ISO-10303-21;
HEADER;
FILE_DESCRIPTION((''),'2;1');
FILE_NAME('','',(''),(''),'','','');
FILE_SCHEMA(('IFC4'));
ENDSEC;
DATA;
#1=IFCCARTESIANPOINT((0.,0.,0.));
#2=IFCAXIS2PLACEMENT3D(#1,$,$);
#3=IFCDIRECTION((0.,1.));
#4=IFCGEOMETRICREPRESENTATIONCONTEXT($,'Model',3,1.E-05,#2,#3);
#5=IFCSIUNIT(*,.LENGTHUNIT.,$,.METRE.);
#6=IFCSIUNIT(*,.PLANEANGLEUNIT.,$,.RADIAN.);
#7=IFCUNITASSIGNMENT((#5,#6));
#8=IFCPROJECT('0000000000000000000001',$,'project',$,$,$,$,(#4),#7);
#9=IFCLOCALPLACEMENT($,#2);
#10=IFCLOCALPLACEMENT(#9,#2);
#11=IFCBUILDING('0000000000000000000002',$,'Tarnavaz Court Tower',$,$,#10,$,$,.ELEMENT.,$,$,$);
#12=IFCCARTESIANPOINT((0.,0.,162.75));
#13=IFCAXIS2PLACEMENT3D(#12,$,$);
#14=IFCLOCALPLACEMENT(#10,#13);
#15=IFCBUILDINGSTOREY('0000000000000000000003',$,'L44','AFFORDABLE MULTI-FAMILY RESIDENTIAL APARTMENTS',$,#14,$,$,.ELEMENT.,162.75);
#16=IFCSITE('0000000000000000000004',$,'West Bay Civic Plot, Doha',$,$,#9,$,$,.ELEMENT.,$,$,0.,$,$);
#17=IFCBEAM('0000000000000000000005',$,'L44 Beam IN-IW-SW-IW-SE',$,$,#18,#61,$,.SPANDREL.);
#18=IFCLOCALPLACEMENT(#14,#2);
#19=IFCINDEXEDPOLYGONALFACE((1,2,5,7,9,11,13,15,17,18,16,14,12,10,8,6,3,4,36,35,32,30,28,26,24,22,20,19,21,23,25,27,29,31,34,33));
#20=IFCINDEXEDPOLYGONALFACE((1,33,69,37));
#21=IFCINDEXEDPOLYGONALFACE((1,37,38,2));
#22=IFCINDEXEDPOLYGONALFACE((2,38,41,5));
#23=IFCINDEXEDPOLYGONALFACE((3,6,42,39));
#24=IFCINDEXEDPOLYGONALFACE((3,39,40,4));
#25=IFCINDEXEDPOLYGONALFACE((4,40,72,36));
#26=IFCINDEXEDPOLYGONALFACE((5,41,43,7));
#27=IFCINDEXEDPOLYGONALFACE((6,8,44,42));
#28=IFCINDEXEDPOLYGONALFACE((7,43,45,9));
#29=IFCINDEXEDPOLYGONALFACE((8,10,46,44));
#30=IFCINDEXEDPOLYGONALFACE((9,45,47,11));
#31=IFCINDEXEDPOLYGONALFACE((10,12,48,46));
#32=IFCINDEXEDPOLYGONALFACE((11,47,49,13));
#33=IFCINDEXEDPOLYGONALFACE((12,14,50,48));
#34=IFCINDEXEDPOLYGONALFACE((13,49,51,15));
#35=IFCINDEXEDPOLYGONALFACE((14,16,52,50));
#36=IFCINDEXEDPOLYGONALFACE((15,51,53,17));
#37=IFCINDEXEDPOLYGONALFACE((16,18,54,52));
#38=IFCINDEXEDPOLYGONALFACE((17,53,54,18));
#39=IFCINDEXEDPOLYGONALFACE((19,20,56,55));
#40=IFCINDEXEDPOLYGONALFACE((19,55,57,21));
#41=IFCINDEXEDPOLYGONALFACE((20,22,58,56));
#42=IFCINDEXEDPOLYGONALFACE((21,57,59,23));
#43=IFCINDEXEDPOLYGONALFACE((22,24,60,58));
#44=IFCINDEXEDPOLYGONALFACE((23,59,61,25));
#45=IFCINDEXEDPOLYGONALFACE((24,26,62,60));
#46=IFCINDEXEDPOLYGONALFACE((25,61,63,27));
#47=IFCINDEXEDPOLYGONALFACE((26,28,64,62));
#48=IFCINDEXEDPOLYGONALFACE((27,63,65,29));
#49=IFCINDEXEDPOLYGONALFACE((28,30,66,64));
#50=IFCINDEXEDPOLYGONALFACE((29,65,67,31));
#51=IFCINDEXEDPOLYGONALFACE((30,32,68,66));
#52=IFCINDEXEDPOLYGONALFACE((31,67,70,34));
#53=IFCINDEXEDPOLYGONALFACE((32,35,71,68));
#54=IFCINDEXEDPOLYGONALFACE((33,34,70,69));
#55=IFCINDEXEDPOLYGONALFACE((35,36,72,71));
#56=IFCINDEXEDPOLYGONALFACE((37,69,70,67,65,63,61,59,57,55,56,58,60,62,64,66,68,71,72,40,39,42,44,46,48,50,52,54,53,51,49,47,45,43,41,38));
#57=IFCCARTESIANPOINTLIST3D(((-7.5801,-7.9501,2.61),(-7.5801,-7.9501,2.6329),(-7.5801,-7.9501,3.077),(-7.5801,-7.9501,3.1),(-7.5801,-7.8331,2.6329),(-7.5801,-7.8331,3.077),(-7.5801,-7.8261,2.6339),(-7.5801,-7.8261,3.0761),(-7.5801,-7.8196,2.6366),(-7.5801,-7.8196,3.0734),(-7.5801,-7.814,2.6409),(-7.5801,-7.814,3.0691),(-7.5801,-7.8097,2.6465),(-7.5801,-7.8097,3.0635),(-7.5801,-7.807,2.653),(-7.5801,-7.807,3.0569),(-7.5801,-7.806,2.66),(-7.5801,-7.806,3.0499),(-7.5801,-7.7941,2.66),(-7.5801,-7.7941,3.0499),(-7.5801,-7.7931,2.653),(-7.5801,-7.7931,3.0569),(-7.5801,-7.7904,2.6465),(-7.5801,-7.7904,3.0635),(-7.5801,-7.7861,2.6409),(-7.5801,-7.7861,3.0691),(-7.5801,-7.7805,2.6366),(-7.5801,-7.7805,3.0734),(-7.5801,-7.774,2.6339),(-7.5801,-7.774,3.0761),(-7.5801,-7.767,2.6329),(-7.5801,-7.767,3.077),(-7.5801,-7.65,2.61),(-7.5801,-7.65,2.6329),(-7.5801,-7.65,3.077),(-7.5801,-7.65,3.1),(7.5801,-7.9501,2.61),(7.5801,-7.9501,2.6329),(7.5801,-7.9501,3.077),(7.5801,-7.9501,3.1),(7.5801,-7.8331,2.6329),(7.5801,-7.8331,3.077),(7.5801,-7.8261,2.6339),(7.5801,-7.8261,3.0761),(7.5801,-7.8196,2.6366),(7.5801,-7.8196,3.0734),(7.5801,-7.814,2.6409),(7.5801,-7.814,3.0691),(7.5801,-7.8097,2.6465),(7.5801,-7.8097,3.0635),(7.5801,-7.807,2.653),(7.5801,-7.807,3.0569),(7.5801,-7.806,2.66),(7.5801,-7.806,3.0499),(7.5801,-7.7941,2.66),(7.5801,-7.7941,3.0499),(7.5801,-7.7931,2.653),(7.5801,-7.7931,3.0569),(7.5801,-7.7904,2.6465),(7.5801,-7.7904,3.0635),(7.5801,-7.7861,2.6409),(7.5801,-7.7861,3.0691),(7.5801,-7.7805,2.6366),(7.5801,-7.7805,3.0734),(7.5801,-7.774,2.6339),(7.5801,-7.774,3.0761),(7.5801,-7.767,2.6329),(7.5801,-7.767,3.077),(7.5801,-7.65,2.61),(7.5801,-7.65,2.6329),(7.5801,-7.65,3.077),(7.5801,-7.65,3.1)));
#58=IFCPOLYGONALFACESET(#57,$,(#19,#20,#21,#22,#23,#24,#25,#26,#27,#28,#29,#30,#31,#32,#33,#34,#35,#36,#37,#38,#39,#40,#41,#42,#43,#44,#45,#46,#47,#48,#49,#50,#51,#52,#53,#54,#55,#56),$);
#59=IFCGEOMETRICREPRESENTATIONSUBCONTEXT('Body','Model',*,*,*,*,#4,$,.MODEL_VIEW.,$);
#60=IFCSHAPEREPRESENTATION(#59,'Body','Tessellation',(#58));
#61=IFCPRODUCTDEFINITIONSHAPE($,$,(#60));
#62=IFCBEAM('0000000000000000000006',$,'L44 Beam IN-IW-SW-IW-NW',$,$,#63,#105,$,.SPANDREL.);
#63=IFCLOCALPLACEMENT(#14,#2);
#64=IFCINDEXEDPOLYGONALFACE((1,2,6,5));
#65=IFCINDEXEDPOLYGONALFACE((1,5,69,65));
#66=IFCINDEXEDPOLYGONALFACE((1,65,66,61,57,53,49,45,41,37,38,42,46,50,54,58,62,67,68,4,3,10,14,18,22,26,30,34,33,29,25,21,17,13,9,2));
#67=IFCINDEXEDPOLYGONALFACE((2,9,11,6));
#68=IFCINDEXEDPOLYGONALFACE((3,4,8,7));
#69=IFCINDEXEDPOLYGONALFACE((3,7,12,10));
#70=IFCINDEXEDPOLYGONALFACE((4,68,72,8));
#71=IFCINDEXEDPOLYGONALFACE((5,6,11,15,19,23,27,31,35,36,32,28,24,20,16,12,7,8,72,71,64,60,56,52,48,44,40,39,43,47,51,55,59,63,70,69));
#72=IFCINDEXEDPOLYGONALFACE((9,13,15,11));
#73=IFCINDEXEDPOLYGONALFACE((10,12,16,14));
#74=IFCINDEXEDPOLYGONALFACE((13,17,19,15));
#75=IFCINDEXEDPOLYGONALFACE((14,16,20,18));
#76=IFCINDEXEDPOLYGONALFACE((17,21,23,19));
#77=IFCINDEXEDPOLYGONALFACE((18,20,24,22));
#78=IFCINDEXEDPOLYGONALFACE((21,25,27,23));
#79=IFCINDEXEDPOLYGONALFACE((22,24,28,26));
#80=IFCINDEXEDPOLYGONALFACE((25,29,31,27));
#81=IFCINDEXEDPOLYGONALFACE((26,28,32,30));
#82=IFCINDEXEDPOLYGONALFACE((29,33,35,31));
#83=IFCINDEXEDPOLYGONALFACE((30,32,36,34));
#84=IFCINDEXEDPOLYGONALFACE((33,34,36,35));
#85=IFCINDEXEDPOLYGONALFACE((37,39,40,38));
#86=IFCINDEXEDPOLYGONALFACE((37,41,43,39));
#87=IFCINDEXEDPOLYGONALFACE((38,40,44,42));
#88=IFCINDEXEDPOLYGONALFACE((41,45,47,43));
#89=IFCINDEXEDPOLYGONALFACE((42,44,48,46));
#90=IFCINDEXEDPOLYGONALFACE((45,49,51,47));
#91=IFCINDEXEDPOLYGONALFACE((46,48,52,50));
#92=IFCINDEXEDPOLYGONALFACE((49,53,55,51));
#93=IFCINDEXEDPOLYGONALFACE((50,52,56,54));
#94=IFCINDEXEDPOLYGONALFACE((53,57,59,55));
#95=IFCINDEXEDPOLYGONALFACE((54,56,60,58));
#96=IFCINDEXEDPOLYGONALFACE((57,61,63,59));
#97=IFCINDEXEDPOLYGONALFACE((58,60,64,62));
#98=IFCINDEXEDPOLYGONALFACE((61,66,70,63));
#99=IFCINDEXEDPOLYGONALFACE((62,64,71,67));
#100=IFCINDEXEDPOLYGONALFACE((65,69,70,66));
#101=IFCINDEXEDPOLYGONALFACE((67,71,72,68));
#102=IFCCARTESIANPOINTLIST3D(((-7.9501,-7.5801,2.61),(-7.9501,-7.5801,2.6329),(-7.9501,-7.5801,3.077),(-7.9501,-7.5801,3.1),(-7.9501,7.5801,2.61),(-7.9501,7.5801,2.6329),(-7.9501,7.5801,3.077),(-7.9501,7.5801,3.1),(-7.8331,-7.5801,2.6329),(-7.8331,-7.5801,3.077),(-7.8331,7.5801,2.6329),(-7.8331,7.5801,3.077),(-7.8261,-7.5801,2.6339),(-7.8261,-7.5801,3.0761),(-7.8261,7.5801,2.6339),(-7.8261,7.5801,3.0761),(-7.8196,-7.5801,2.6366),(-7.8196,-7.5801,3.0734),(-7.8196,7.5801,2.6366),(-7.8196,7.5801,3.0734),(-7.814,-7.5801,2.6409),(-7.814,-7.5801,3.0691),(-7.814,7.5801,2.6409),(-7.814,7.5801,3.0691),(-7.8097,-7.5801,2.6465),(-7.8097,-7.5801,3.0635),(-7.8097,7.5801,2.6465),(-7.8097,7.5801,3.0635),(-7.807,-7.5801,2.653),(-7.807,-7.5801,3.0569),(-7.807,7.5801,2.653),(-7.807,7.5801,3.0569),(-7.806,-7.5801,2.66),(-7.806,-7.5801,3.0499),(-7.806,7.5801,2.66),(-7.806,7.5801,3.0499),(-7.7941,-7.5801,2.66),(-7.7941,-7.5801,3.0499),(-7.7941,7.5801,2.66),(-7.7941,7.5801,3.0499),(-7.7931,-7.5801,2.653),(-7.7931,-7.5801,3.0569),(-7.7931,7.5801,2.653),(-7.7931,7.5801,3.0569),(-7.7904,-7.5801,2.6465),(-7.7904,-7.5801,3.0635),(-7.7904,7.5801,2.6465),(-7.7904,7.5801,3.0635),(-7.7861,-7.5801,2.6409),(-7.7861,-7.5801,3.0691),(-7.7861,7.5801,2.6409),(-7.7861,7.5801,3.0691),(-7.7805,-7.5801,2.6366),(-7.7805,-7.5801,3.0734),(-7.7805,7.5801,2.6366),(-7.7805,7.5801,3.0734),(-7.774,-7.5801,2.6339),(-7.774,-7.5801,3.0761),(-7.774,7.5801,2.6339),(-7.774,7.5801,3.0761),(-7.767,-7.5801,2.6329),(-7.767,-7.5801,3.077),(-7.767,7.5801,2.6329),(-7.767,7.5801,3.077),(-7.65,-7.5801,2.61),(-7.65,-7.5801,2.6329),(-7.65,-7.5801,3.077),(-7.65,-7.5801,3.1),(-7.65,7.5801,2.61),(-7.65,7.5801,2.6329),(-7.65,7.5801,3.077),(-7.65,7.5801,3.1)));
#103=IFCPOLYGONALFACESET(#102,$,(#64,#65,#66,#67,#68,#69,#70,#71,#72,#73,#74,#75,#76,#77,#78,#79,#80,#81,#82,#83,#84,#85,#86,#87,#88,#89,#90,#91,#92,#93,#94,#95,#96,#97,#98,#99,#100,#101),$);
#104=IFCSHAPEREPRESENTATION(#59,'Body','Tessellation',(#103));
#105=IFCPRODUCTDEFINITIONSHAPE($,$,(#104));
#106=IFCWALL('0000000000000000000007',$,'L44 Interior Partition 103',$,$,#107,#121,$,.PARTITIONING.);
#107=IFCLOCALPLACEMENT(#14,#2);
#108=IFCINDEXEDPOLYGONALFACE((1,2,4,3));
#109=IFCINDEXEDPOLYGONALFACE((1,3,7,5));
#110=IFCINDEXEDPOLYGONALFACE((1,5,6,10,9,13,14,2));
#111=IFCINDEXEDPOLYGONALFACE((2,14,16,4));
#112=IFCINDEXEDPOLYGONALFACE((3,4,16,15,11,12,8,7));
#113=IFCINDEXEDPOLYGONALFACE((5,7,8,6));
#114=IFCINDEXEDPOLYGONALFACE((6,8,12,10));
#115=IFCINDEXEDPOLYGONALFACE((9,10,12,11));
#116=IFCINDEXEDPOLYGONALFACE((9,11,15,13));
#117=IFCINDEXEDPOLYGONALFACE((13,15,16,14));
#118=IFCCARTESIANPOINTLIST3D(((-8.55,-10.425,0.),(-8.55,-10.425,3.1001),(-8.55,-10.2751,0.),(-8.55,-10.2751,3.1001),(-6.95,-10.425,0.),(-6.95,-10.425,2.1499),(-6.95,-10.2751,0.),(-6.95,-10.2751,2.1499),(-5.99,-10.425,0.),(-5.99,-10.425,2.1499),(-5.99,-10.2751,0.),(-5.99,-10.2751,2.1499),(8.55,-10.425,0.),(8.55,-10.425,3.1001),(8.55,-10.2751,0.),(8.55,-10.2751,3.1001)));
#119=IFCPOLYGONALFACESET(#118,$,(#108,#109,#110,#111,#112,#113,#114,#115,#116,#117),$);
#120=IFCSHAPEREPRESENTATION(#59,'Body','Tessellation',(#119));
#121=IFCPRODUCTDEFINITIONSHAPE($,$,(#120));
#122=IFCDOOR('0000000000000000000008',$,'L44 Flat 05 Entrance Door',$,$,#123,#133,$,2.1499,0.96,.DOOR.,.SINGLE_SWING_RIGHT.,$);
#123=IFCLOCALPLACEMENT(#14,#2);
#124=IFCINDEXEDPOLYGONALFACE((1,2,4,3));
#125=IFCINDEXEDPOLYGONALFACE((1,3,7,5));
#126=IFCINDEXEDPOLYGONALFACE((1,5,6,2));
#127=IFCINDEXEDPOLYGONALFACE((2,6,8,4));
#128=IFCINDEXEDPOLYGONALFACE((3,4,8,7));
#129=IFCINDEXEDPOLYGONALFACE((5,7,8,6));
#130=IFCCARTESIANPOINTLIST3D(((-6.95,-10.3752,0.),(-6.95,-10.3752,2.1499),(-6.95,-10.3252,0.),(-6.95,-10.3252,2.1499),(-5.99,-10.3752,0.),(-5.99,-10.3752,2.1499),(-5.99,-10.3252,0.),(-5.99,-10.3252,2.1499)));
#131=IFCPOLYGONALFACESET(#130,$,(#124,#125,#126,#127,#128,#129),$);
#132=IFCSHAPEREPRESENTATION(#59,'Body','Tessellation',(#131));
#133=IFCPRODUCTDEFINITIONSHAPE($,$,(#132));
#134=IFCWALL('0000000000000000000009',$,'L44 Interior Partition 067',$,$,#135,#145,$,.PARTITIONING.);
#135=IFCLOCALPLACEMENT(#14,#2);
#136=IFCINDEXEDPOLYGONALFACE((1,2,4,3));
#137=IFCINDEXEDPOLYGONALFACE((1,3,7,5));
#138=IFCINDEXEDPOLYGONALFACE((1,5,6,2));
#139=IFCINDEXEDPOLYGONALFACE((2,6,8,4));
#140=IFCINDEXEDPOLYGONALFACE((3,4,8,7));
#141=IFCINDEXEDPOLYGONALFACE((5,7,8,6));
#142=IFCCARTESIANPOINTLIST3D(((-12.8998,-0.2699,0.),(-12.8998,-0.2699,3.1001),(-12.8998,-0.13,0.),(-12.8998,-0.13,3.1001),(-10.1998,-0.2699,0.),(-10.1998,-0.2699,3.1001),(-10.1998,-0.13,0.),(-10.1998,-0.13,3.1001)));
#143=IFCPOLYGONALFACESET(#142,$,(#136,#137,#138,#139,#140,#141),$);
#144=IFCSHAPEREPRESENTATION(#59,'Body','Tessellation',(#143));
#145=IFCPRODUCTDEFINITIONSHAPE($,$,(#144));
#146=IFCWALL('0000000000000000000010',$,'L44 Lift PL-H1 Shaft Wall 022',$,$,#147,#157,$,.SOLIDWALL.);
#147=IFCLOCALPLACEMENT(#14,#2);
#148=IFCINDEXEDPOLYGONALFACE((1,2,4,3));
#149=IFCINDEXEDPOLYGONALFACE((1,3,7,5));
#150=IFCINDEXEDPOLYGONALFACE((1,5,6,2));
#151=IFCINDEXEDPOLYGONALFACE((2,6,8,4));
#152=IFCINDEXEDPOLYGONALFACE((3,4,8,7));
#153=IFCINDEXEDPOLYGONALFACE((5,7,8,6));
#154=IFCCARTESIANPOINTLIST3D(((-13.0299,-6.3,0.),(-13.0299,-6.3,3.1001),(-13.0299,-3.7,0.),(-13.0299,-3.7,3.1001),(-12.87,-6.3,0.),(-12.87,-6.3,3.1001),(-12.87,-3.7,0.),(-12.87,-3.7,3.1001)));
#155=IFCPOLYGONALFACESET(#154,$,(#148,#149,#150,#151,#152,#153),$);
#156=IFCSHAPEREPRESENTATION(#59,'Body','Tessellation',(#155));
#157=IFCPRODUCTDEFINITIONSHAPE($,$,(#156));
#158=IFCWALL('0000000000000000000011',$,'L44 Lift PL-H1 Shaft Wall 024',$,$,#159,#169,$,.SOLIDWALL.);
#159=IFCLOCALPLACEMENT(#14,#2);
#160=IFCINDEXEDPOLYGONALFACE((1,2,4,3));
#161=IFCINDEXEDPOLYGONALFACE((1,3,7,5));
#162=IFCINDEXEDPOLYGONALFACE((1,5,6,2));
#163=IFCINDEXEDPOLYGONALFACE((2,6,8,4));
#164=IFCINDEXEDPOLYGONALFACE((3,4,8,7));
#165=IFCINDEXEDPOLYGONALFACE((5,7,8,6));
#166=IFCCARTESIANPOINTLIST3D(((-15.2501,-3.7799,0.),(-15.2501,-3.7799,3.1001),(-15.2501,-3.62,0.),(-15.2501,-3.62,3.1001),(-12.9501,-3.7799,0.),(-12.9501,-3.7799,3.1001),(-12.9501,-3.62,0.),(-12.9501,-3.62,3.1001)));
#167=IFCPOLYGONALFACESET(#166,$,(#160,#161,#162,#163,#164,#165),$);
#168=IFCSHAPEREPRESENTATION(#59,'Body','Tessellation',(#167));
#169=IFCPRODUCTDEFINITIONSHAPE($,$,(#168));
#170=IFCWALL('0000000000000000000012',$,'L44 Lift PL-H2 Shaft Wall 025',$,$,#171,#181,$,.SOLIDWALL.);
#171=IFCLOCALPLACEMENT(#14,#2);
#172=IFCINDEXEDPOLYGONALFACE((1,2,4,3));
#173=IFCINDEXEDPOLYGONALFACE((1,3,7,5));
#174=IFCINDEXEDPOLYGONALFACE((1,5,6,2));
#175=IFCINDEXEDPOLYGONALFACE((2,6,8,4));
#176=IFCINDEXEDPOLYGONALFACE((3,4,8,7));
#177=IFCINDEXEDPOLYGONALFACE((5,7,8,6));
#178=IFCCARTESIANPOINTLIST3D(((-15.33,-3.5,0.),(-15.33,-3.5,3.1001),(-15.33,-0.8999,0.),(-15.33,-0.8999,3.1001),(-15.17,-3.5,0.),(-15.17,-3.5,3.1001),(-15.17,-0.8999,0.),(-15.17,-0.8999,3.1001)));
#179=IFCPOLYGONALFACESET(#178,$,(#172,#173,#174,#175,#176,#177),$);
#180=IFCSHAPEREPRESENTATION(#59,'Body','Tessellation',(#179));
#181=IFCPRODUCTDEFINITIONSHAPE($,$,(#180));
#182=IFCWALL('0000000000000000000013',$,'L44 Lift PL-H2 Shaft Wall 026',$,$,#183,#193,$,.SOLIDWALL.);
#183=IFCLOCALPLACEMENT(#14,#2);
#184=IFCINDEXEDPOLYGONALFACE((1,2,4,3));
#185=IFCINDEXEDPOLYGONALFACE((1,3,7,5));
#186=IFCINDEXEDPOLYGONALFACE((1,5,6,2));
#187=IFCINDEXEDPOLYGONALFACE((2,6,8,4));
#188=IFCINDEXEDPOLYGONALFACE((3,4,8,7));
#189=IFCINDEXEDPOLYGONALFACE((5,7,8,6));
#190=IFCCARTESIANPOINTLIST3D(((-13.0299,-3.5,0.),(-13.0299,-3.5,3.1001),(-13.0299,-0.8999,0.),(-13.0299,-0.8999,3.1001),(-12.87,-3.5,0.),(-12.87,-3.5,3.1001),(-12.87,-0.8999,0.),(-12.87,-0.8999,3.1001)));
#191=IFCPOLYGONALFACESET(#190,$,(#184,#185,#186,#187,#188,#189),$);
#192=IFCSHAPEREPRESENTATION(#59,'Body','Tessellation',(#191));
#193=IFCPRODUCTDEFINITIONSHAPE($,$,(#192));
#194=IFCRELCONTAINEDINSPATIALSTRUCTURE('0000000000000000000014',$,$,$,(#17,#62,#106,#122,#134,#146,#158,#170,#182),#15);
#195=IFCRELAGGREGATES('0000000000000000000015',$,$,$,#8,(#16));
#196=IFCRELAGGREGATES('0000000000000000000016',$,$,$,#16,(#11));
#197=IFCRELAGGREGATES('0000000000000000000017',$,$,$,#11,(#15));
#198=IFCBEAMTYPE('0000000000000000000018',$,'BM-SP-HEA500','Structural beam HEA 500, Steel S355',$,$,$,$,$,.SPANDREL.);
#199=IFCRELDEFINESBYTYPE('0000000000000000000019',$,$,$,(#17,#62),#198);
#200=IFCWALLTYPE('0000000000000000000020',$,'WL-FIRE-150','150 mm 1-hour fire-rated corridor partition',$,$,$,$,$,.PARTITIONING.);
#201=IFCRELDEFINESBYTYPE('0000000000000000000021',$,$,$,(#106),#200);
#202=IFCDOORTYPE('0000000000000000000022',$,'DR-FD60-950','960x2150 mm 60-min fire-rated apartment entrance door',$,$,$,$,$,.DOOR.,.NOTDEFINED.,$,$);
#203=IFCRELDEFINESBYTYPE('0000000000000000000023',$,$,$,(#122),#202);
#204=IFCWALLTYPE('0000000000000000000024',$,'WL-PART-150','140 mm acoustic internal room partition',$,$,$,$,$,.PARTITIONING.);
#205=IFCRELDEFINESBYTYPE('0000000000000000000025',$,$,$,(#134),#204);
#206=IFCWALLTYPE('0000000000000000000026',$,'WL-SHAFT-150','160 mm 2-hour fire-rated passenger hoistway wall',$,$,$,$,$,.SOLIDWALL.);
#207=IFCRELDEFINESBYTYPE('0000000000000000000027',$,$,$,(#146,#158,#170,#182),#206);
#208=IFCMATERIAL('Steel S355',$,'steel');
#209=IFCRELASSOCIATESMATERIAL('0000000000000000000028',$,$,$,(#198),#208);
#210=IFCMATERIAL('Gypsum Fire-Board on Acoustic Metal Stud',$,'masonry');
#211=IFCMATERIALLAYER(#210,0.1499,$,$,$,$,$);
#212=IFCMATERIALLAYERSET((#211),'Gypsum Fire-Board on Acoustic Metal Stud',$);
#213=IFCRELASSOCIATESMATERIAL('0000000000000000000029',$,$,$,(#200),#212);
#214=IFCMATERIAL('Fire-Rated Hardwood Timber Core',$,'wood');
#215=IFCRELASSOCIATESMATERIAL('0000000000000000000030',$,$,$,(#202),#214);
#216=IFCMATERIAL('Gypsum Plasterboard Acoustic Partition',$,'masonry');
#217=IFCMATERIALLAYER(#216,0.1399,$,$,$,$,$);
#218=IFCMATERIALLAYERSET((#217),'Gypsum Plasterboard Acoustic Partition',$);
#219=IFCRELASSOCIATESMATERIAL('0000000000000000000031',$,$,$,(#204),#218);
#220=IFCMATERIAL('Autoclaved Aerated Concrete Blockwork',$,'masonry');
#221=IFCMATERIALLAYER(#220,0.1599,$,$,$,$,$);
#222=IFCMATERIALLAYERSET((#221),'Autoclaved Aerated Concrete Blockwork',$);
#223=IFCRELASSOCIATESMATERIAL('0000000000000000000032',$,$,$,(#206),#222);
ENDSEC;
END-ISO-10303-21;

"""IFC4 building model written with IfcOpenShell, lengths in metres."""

from ifc_helpers import new_model, si_unit, direction, frame, frame_2d, origin, origin_2d, place, context, subcontext, project, spatial, rectangle, i_section, extrude, material, layer, layer_set, material_profile, profile_set, type_object, element, fill, save


model = new_model("IFC4")

# Units and contexts
model_context = context("Model", 3, precision=1e-05, world=origin(), true_north=direction((0.0, 1.0)))
body_context = subcontext(model_context, "Body", "Model", "MODEL_VIEW")
ifc_project = project(units=[si_unit("LENGTHUNIT", "METRE"), si_unit("PLANEANGLEUNIT", "RADIAN")], contexts=[model_context])

# Site, building, storey
site_placement = place(None, origin())
site = spatial("IfcSite", under=ifc_project, at=site_placement, Name="West Bay Civic Plot, Doha", CompositionType="ELEMENT", RefElevation=0.0)
building_placement = place(site_placement, origin())
building = spatial("IfcBuilding", under=site, at=building_placement, Name="Tarnavaz Court Tower", CompositionType="ELEMENT")
storey_placement = place(building_placement, frame((0.0, 0.0, 162.75)))
storey = spatial("IfcBuildingStorey", under=building, at=storey_placement, Name="L44", Description="AFFORDABLE MULTI-FAMILY RESIDENTIAL APARTMENTS", CompositionType="ELEMENT", Elevation=162.75)

# Beams
ifc_material_1 = material(Name="Steel S355", Category="steel")
ifc_material_profile_1 = material_profile(ifc_material_1, i_section(OverallWidth=0.3, OverallDepth=0.49, WebThickness=0.012, FlangeThickness=0.0229, FilletRadius=0.0271, at=origin_2d()), Name="HEA 500")
ifc_profile_set_1 = profile_set([ifc_material_profile_1], Name="Steel S355")
beam_type_1 = type_object("IfcBeamType", Name="BM-SP-HEA500", Description="Structural beam HEA 500, Steel S355", PredefinedType="SPANDREL", material=ifc_profile_set_1)
for number, where, z_axis, x_axis, name in (
    (1, (-7.5801, -7.8, 2.855), (1.0, 0.0, 0.0), (0.0, 1.0, 0.0), "L44 Beam IN-IW-SW-IW-SE"),
    (2, (-7.8, -7.5801, 2.855), (0.0, 1.0, 0.0), (-1.0, 0.0, 0.0), "L44 Beam IN-IW-SW-IW-NW"),
):
    element("IfcBeam", number, at=place(storey_placement, frame(where, z_axis=z_axis, x_axis=x_axis)), inside=storey, type_object=beam_type_1, Name=name, PredefinedType="SPANDREL", context=body_context, shape_type="SweptSolid", body=[
        extrude(i_section(OverallWidth=0.3, OverallDepth=0.49, WebThickness=0.012, FlangeThickness=0.0229, FilletRadius=0.0271, at=origin_2d()), origin(), (0.0, 0.0, 1.0), 15.1602),
    ])

# Wall, opening, door
ifc_material_2 = material(Name="Gypsum Fire-Board on Acoustic Metal Stud", Category="masonry")
ifc_layer_1 = layer(ifc_material_2, 0.1499)
ifc_layer_set_1 = layer_set([ifc_layer_1], Name="Gypsum Fire-Board on Acoustic Metal Stud")
wall_type_1 = type_object("IfcWallType", Name="WL-FIRE-150", Description="150 mm 1-hour fire-rated corridor partition", PredefinedType="PARTITIONING", material=ifc_layer_set_1)
wall_1_placement = place(storey_placement, frame((-8.55, -10.3501, 0.0), z_axis=(0.0, 0.0, 1.0), x_axis=(1.0, 0.0, 0.0)))
wall_1 = element("IfcWall", 3, at=wall_1_placement, inside=storey, type_object=wall_type_1, Name="L44 Interior Partition 103", PredefinedType="PARTITIONING", context=body_context, shape_type="SweptSolid", body=[
    extrude(rectangle(XDim=17.1001, YDim=0.1499, at=frame_2d((8.55, 0.0))), origin(), (0.0, 0.0, 1.0), 3.1001),
])
opening_1_placement = place(wall_1_placement, frame((1.6001, 0.0, 0.0)))
opening_1 = element("IfcOpeningElement", 4, at=opening_1_placement, cuts=wall_1, PredefinedType="OPENING", context=body_context, shape_type="SweptSolid", body=[
    extrude(rectangle(XDim=0.96, YDim=2.1499, at=frame_2d((0.48, 1.075))), frame((0.0, 0.085, 0.0), z_axis=(0.0, -1.0, 0.0), x_axis=(1.0, 0.0, 0.0)), (0.0, 0.0, 1.0), 0.1699),
])
ifc_material_3 = material(Name="Fire-Rated Hardwood Timber Core", Category="wood")
door_type_1 = type_object("IfcDoorType", Name="DR-FD60-950", Description="960x2150 mm 60-min fire-rated apartment entrance door", OperationType="NOTDEFINED", PredefinedType="DOOR", material=ifc_material_3)
door_1_placement = place(opening_1_placement, origin())
door_1 = element("IfcDoor", 5, at=door_1_placement, inside=storey, type_object=door_type_1, Name="L44 Flat 05 Entrance Door", OperationType="SINGLE_SWING_RIGHT", OverallHeight=2.1499, OverallWidth=0.96, PredefinedType="DOOR", context=body_context, shape_type="SweptSolid", body=[
    extrude(rectangle(XDim=0.96, YDim=2.1499, at=frame_2d((0.48, 1.075))), frame((0.0, 0.0249, 0.0), z_axis=(0.0, -1.0, 0.0), x_axis=(1.0, 0.0, 0.0)), (0.0, 0.0, 1.0), 0.05),
])
fill(opening_1, door_1)

# Shared definitions
ifc_material_4 = material(Name="Gypsum Plasterboard Acoustic Partition", Category="masonry")
ifc_layer_2 = layer(ifc_material_4, 0.1399)
ifc_layer_set_2 = layer_set([ifc_layer_2], Name="Gypsum Plasterboard Acoustic Partition")
wall_type_2 = type_object("IfcWallType", Name="WL-PART-150", Description="140 mm acoustic internal room partition", PredefinedType="PARTITIONING", material=ifc_layer_set_2)

# Walls
wall_2_placement = place(storey_placement, frame((-12.8999, -0.2, 0.0), z_axis=(0.0, 0.0, 1.0), x_axis=(1.0, 0.0, 0.0)))
element("IfcWall", 6, at=wall_2_placement, inside=storey, type_object=wall_type_2, Name="L44 Interior Partition 067", PredefinedType="PARTITIONING", context=body_context, shape_type="SweptSolid", body=[
    extrude(rectangle(XDim=2.7, YDim=0.1399, at=frame_2d((1.3501, 0.0))), origin(), (0.0, 0.0, 1.0), 3.1001),
])
ifc_material_5 = material(Name="Autoclaved Aerated Concrete Blockwork", Category="masonry")
ifc_layer_3 = layer(ifc_material_5, 0.1599)
ifc_layer_set_3 = layer_set([ifc_layer_3], Name="Autoclaved Aerated Concrete Blockwork")
wall_type_3 = type_object("IfcWallType", Name="WL-SHAFT-150", Description="160 mm 2-hour fire-rated passenger hoistway wall", PredefinedType="SOLIDWALL", material=ifc_layer_set_3)
wall_3_placement = place(storey_placement, frame((-12.95, -6.3, 0.0), z_axis=(0.0, 0.0, 1.0), x_axis=(0.0, 1.0, 0.0)))
element("IfcWall", 7, at=wall_3_placement, inside=storey, type_object=wall_type_3, Name="L44 Lift PL-H1 Shaft Wall 022", PredefinedType="SOLIDWALL", context=body_context, shape_type="SweptSolid", body=[
    extrude(rectangle(XDim=2.6001, YDim=0.1599, at=frame_2d((1.3, 0.0))), origin(), (0.0, 0.0, 1.0), 3.1001),
])
wall_4_placement = place(storey_placement, frame((-15.25, -3.7, 0.0), z_axis=(0.0, 0.0, 1.0), x_axis=(1.0, 0.0, 0.0)))
element("IfcWall", 8, at=wall_4_placement, inside=storey, type_object=wall_type_3, Name="L44 Lift PL-H1 Shaft Wall 024", PredefinedType="SOLIDWALL", context=body_context, shape_type="SweptSolid", body=[
    extrude(rectangle(XDim=2.3, YDim=0.1599, at=frame_2d((1.1499, 0.0))), origin(), (0.0, 0.0, 1.0), 3.1001),
])
for number, where, z_axis, x_axis, name in (
    (9, (-15.25, -3.5, 0.0), (0.0, 0.0, 1.0), (0.0, 1.0, 0.0), "L44 Lift PL-H2 Shaft Wall 025"),
    (10, (-12.95, -3.5, 0.0), (0.0, 0.0, 1.0), (0.0, 1.0, 0.0), "L44 Lift PL-H2 Shaft Wall 026"),
):
    element("IfcWall", number, at=place(storey_placement, frame(where, z_axis=z_axis, x_axis=x_axis)), inside=storey, type_object=wall_type_3, Name=name, PredefinedType="SOLIDWALL", context=body_context, shape_type="SweptSolid", body=[
        extrude(rectangle(XDim=2.6001, YDim=0.1599, at=frame_2d((1.3, 0.0))), origin(), (0.0, 0.0, 1.0), 3.1001),
    ])

save(model, "model.ifc")
